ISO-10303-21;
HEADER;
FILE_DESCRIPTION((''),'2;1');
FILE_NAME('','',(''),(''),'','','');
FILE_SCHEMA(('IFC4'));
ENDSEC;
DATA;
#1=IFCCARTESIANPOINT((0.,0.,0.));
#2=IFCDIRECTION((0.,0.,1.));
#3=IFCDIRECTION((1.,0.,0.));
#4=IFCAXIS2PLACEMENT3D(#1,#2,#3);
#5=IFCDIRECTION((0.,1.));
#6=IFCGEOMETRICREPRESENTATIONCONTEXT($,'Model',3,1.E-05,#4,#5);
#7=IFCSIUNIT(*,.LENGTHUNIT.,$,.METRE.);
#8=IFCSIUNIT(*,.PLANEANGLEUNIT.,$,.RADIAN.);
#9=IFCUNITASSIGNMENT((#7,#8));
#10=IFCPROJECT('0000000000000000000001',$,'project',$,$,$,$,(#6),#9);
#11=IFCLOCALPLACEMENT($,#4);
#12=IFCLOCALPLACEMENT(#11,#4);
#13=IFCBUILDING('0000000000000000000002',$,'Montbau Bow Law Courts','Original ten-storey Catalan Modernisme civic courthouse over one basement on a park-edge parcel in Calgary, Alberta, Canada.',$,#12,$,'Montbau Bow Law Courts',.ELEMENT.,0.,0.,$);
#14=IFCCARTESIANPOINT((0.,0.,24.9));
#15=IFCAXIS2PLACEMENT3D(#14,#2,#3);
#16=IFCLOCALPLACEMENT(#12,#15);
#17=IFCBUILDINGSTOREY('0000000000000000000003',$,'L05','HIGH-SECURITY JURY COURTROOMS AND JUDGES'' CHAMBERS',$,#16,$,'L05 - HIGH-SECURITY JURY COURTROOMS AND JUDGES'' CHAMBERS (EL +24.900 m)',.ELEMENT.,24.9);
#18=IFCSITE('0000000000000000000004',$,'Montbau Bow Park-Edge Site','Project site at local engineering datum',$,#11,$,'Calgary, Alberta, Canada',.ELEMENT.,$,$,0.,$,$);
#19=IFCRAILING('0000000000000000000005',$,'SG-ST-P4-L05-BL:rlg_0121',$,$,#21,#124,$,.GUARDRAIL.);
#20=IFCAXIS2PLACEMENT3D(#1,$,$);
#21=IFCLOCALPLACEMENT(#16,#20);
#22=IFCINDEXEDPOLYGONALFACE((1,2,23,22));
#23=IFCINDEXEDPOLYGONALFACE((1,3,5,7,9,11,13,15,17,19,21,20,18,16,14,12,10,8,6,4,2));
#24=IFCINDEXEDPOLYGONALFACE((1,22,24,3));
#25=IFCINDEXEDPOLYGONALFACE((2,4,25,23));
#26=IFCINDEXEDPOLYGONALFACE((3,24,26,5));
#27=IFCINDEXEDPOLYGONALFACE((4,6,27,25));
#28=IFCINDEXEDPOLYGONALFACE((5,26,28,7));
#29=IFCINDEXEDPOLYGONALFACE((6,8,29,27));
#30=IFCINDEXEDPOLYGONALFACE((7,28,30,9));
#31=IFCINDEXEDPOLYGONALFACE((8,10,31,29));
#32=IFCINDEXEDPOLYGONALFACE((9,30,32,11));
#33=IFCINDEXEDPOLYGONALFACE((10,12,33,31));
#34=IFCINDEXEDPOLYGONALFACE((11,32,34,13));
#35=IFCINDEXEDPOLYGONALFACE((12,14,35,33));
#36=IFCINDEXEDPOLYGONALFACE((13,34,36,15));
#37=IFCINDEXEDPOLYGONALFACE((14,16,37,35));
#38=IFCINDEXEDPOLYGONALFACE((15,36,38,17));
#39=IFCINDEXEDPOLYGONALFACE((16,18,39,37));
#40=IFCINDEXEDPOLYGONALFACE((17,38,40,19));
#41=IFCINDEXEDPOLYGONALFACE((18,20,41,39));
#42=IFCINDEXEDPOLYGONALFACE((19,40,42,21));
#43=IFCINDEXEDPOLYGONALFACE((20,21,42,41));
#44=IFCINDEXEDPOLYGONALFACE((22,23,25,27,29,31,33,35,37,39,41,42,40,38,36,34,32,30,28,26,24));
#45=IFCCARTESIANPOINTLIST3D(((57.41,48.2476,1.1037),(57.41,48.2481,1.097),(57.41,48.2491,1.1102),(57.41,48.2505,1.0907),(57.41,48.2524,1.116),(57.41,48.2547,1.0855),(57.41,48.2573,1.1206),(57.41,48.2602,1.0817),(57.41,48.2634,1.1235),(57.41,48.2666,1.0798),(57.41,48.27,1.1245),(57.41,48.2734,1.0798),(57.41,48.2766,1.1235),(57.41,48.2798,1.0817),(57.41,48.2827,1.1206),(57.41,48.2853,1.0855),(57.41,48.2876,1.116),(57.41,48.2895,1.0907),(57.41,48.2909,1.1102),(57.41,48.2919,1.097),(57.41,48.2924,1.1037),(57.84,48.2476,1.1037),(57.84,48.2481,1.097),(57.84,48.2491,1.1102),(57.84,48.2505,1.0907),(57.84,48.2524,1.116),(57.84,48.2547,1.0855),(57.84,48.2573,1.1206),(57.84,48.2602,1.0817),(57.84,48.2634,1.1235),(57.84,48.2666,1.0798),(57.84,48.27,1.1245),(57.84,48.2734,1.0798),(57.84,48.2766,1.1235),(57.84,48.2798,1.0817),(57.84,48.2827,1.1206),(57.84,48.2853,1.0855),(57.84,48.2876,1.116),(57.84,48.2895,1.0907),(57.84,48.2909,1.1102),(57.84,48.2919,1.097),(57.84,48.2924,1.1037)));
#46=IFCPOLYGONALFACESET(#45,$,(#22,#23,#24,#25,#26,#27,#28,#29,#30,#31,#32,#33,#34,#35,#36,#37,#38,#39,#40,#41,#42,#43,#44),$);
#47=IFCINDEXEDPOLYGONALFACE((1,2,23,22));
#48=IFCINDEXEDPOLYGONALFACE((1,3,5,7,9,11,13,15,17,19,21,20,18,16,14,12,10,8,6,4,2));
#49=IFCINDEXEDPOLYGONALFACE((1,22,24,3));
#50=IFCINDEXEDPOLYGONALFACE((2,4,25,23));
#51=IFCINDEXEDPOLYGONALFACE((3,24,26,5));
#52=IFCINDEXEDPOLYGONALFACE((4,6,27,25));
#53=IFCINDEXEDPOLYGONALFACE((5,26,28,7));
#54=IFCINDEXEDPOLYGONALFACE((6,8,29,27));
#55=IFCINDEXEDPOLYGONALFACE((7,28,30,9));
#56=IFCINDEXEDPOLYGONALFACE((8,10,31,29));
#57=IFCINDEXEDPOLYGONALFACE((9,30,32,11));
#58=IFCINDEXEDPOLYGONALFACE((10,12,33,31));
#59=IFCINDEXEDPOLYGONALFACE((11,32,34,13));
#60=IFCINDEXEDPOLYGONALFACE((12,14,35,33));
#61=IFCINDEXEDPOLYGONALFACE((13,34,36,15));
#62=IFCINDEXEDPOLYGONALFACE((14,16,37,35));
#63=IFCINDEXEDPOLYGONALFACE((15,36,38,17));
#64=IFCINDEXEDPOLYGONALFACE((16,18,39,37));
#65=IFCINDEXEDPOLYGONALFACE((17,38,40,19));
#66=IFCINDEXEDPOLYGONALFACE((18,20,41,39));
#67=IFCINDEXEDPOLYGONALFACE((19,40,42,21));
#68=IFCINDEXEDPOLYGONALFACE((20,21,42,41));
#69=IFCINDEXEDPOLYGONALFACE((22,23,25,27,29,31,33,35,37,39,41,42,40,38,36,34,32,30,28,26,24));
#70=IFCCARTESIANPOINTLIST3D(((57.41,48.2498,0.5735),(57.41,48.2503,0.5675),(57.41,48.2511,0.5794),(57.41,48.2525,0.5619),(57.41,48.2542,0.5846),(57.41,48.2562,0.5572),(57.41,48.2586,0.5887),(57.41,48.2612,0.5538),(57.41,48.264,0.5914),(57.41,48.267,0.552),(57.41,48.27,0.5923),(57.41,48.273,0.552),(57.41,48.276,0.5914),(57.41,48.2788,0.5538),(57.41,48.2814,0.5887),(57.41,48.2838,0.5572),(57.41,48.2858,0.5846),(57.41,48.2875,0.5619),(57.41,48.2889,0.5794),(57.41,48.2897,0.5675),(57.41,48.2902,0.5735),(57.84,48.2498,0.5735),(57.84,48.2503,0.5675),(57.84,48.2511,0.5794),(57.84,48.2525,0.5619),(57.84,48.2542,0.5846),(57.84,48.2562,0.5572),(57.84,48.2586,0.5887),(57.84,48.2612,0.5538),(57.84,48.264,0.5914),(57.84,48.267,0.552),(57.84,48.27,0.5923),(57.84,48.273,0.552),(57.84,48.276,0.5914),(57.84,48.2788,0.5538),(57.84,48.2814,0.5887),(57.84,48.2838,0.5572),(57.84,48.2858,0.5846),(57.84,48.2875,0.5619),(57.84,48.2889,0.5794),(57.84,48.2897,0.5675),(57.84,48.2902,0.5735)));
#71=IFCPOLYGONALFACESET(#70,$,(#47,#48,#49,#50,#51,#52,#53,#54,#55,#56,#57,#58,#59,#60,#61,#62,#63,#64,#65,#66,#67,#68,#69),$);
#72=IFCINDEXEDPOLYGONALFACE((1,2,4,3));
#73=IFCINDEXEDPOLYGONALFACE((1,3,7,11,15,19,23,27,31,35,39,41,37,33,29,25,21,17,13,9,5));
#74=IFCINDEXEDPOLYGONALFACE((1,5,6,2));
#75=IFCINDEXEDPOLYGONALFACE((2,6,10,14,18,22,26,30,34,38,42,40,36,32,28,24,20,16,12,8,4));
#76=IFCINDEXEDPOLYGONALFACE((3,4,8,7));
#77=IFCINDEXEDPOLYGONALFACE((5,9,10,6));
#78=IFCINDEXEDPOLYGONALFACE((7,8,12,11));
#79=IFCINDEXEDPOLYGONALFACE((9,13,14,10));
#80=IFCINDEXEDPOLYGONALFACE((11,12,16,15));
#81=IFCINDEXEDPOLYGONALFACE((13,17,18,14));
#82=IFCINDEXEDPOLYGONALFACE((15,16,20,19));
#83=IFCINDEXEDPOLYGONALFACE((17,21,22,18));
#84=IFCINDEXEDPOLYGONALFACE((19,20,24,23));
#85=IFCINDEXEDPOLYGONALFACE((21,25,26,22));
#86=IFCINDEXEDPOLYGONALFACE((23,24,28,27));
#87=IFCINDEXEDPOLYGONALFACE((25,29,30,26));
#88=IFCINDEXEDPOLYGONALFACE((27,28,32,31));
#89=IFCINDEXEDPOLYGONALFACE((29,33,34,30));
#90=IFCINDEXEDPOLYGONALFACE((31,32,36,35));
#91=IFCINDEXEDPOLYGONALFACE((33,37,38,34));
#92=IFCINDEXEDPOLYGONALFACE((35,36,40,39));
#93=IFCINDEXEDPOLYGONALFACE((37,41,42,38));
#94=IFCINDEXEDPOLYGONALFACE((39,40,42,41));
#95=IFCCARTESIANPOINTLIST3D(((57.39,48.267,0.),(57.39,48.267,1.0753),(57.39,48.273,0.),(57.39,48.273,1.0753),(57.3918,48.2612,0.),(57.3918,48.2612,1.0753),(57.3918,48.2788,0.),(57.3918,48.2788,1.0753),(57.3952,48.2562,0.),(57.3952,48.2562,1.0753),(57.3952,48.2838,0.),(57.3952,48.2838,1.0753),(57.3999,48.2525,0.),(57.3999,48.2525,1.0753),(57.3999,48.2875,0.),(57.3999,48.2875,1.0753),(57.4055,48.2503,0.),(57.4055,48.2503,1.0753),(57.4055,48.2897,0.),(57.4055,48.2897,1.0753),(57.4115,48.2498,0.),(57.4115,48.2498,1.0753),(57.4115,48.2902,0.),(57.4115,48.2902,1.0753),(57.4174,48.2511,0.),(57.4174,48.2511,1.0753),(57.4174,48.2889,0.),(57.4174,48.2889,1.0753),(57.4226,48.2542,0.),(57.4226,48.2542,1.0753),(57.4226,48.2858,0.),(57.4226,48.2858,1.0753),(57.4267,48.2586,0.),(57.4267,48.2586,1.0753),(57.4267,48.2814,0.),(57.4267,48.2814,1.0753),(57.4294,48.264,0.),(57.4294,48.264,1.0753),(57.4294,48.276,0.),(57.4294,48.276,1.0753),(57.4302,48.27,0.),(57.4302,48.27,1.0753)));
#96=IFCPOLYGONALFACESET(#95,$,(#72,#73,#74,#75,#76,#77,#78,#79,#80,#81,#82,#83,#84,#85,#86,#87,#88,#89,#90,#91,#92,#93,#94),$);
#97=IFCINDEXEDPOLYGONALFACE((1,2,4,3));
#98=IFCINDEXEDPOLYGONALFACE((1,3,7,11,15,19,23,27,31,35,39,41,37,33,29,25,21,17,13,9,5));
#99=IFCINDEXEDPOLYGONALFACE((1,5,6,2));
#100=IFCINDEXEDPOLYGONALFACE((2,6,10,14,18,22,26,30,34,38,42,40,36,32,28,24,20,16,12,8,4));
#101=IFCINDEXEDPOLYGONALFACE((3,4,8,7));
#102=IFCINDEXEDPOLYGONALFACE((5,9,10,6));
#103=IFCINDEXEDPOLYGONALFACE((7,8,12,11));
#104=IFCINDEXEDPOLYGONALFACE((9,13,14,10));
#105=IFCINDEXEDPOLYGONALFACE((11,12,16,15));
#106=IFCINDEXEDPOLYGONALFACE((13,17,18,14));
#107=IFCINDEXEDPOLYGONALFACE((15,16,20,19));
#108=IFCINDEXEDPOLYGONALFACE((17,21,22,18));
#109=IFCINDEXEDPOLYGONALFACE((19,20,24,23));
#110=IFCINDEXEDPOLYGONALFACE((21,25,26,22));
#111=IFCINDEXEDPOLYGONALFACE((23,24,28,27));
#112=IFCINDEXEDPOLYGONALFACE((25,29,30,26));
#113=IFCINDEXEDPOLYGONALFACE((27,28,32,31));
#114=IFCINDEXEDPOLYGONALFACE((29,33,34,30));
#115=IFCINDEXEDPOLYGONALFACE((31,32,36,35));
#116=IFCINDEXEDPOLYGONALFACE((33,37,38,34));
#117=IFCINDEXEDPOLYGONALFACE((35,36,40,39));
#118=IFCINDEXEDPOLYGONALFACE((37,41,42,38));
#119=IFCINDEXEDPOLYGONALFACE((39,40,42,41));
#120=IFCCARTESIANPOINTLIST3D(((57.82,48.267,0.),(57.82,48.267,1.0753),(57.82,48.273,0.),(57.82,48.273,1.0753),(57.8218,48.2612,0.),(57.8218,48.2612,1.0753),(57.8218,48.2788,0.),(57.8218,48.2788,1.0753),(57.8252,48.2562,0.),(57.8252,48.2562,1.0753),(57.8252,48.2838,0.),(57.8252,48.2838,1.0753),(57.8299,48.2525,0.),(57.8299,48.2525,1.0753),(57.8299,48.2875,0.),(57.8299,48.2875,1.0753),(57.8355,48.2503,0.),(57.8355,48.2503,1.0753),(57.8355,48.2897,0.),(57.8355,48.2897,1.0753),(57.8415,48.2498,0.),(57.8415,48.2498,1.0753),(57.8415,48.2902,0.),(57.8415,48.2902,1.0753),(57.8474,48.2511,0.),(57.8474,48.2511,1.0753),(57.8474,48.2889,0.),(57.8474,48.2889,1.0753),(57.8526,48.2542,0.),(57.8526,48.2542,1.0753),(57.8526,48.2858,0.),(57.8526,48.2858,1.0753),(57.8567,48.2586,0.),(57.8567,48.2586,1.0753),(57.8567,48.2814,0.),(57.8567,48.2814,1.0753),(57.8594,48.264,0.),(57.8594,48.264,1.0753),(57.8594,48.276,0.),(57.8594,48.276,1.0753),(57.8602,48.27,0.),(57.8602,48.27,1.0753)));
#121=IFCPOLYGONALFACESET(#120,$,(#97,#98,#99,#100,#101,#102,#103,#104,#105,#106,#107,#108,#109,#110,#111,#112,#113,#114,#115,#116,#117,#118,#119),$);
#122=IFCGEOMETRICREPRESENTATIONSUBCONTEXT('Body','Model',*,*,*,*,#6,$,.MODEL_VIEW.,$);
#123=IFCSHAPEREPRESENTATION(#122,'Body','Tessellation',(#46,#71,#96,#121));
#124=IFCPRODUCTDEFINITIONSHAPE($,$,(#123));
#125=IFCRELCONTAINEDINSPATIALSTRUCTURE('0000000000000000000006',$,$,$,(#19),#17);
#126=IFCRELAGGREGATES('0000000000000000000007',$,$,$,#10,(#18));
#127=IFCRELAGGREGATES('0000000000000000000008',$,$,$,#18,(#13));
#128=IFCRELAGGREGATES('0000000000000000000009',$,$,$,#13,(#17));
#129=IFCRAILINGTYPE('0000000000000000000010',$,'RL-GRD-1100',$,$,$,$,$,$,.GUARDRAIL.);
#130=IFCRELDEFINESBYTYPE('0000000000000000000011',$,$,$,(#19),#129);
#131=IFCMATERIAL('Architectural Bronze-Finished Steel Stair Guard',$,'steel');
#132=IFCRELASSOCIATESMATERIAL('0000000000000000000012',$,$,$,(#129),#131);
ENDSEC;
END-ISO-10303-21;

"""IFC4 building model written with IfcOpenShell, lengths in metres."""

from ifc_helpers import new_model, si_unit, direction, frame, origin_with_axes, origin_2d_with_axis, place, context, subcontext, project, spatial, circle, extrude, material, type_object, element, save


model = new_model("IFC4")

# Units and contexts
model_context = context("Model", 3, precision=1e-05, world=origin_with_axes(), true_north=direction((0.0, 1.0)))
body_context = subcontext(model_context, "Body", "Model", "MODEL_VIEW")
ifc_project = project(units=[si_unit("LENGTHUNIT", "METRE"), si_unit("PLANEANGLEUNIT", "RADIAN")], contexts=[model_context])

# Site, building, storey
site_placement = place(None, origin_with_axes())
site = spatial("IfcSite", under=ifc_project, at=site_placement, Name="Montbau Bow Park-Edge Site", Description="Project site at local engineering datum", LongName="Calgary, Alberta, Canada", CompositionType="ELEMENT", RefElevation=0.0)
building_placement = place(site_placement, origin_with_axes())
building = spatial("IfcBuilding", under=site, at=building_placement, Name="Montbau Bow Law Courts", Description="Original ten-storey Catalan Modernisme civic courthouse over one basement on a park-edge parcel in Calgary, Alberta, Canada.", LongName="Montbau Bow Law Courts", CompositionType="ELEMENT", ElevationOfRefHeight=0.0, ElevationOfTerrain=0.0)
storey_placement = place(building_placement, frame((0.0, 0.0, 24.9), z_axis=(0.0, 0.0, 1.0), x_axis=(1.0, 0.0, 0.0)))
storey = spatial("IfcBuildingStorey", under=building, at=storey_placement, Name="L05", Description="HIGH-SECURITY JURY COURTROOMS AND JUDGES' CHAMBERS", LongName="L05 - HIGH-SECURITY JURY COURTROOMS AND JUDGES' CHAMBERS (EL +24.900 m)", CompositionType="ELEMENT", Elevation=24.9)

# Railing
ifc_material_1 = material(Name="Architectural Bronze-Finished Steel Stair Guard", Category="steel")
railing_type_1 = type_object("IfcRailingType", Name="RL-GRD-1100", PredefinedType="GUARDRAIL", material=ifc_material_1)
railing_1_placement = place(None, origin_with_axes())
element("IfcRailing", 1, at=railing_1_placement, inside=storey, type_object=railing_type_1, Name="SG-ST-P4-L05-BL:rlg_0121", PredefinedType="GUARDRAIL", context=body_context, shape_type="SweptSolid", body=[
    extrude(circle(Radius=0.0225, at=origin_2d_with_axis()), frame((57.41, 48.27, 26.002), z_axis=(1.0, 0.0, 0.0), x_axis=(0.0, 0.0, 1.0)), (0.0, 0.0, 1.0), 0.43),
    extrude(circle(Radius=0.0203, at=origin_2d_with_axis()), frame((57.41, 48.27, 25.472), z_axis=(1.0, 0.0, 0.0), x_axis=(0.0, 0.0, 1.0)), (0.0, 0.0, 1.0), 0.43),
    extrude(circle(Radius=0.0203, at=origin_2d_with_axis()), frame((57.41, 48.27, 24.9), z_axis=(0.0, 0.0, 1.0), x_axis=(1.0, 0.0, 0.0)), (0.0, 0.0, 1.0), 1.0753),
    extrude(circle(Radius=0.0203, at=origin_2d_with_axis()), frame((57.84, 48.27, 24.9), z_axis=(0.0, 0.0, 1.0), x_axis=(1.0, 0.0, 0.0)), (0.0, 0.0, 1.0), 1.0753),
])

save(model, "model.ifc")
